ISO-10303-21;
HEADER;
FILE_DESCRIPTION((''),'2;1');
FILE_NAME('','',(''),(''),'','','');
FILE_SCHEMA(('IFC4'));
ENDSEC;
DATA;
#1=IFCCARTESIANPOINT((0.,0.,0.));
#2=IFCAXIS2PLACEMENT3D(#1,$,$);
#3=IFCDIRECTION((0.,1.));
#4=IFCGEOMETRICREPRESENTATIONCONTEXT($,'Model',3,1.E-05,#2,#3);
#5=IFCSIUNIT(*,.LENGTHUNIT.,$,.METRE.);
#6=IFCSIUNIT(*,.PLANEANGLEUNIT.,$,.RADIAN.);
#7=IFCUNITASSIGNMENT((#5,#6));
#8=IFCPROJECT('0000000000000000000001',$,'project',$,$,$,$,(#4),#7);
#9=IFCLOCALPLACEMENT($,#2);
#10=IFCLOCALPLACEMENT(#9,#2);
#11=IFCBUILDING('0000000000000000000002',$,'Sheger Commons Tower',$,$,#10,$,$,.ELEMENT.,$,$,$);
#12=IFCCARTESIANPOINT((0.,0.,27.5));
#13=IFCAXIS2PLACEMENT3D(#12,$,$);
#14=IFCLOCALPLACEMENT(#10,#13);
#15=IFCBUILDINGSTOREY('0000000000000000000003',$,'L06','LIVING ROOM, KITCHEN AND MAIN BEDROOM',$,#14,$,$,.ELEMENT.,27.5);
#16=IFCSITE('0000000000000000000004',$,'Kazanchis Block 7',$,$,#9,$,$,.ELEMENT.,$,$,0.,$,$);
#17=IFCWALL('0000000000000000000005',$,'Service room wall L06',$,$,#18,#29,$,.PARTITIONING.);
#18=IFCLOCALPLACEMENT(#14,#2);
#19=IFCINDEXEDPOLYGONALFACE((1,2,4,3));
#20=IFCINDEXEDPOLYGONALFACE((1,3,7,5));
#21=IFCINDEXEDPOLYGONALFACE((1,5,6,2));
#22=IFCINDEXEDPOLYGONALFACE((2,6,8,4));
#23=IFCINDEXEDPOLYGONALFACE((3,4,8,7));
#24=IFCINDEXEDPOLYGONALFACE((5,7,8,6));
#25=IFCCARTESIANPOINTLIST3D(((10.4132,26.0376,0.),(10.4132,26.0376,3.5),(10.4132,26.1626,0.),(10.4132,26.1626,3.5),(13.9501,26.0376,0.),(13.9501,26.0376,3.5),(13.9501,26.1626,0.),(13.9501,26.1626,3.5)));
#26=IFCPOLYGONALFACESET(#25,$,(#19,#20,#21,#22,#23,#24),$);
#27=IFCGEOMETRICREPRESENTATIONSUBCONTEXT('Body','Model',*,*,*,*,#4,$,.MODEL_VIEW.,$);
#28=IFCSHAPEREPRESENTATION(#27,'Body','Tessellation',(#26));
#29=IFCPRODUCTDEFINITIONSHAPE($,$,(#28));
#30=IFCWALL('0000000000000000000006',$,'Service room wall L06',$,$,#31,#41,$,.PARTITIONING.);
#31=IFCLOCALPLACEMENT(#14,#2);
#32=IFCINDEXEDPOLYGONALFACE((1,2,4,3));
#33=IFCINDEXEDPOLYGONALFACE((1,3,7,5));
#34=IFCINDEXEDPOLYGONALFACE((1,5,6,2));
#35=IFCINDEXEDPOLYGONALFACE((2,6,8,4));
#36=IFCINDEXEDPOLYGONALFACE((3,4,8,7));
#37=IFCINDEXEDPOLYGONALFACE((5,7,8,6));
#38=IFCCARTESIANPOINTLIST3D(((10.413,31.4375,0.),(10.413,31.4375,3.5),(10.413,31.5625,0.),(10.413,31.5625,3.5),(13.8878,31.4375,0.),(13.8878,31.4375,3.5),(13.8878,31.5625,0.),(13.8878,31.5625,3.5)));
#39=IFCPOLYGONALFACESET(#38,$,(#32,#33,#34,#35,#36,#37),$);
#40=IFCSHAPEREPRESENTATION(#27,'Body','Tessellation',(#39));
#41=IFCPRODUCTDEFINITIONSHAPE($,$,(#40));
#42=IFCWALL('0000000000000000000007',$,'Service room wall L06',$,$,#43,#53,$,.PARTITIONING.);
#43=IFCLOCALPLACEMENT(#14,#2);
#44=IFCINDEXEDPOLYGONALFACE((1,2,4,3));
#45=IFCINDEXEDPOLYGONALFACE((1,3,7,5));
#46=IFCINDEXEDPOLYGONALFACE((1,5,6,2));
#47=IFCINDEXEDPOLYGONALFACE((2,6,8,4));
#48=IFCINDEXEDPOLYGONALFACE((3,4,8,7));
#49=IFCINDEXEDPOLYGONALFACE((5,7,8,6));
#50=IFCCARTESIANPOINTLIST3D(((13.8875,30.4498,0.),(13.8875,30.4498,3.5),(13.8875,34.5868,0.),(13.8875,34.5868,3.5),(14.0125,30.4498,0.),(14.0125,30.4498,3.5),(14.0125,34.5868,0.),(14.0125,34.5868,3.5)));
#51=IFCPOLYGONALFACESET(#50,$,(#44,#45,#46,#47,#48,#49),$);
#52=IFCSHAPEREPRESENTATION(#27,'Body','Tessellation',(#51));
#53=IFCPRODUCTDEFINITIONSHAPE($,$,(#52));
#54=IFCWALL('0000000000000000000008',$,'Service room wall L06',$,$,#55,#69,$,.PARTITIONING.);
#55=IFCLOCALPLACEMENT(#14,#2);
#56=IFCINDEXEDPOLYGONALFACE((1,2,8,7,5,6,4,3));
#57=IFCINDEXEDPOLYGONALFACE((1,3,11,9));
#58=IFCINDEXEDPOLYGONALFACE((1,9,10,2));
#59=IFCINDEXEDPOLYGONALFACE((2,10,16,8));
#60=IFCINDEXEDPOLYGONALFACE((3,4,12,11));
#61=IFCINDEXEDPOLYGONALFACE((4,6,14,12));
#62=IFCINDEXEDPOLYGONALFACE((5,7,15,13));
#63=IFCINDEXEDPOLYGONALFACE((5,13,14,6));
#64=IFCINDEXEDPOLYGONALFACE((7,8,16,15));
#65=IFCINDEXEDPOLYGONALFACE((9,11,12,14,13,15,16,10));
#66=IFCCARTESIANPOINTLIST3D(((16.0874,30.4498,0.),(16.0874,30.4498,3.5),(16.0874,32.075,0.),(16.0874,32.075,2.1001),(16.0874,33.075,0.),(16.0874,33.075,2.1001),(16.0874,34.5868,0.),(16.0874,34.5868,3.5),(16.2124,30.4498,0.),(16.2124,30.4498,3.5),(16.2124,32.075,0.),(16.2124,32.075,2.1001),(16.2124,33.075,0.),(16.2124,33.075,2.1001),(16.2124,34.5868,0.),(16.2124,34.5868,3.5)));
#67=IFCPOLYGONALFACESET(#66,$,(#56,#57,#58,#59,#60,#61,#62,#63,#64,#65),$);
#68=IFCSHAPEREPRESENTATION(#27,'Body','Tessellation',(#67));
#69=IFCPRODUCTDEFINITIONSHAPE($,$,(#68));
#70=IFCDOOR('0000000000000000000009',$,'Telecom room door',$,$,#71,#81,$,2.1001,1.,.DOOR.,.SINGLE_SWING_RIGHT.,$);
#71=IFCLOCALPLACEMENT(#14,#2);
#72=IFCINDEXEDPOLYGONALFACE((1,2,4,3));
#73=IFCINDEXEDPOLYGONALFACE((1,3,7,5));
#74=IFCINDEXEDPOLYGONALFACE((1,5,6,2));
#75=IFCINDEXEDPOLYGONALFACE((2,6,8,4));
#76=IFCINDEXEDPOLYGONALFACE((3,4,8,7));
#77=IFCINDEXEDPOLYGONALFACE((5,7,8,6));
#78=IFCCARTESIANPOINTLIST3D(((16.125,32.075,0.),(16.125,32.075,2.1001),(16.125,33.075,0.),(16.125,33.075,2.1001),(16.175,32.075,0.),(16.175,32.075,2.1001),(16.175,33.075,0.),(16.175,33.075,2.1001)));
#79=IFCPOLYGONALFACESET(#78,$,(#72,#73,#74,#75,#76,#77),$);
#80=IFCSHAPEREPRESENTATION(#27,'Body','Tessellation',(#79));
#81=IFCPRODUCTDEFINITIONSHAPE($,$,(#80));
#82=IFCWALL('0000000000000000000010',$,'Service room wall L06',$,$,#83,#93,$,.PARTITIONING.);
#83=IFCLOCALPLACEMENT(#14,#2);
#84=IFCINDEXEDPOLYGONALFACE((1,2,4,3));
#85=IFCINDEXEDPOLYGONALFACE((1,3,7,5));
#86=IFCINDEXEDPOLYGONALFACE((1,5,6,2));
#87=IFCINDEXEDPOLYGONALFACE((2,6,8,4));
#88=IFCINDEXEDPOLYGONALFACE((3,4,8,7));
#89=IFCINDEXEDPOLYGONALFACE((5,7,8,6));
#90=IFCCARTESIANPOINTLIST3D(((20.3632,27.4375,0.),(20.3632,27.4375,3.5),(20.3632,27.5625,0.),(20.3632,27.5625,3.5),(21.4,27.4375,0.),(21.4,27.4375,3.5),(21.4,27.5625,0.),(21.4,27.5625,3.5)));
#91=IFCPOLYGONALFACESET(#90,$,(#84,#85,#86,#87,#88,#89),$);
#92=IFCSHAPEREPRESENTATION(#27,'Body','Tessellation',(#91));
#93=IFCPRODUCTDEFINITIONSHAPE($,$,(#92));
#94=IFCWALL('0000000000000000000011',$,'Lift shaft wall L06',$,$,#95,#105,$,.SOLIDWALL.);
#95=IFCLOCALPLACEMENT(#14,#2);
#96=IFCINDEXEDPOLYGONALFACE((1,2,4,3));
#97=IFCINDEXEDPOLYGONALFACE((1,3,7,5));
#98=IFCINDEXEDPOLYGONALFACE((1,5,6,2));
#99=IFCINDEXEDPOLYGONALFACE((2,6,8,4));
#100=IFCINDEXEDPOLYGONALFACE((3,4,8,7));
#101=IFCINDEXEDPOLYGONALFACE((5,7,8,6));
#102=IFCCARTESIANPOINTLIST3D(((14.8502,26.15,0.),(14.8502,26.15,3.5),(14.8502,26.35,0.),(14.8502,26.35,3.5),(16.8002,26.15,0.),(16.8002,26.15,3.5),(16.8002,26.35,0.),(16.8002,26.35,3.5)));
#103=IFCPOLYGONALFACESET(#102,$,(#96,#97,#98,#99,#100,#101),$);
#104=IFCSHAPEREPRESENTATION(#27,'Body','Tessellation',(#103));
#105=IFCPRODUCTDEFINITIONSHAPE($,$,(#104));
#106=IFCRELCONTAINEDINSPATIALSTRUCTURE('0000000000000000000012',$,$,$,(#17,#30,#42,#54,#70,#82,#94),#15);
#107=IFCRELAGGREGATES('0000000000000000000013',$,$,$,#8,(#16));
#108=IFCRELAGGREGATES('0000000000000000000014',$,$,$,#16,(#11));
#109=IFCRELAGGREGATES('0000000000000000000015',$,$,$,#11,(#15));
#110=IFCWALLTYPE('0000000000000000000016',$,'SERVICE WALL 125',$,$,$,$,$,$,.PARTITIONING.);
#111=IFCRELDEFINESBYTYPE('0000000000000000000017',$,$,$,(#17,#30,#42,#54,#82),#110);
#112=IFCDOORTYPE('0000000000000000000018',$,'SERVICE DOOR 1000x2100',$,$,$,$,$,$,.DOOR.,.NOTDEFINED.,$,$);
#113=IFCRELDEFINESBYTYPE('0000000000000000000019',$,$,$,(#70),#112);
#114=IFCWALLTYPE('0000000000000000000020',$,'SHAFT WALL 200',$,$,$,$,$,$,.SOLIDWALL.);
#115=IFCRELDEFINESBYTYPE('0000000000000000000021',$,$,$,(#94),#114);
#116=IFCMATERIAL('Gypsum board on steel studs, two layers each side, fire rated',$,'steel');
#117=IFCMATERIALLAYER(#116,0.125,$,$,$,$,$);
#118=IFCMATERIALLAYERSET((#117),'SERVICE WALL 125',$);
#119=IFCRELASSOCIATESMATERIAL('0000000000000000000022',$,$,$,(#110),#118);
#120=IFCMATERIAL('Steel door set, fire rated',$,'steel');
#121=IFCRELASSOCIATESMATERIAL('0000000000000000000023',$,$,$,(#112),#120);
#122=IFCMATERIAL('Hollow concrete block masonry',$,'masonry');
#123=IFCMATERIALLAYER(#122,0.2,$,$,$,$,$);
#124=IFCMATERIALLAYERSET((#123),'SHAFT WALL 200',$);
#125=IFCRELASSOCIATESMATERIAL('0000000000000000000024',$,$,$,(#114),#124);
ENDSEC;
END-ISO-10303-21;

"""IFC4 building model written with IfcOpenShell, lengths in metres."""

from ifc_helpers import new_model, si_unit, direction, frame, frame_2d, origin, place, context, subcontext, project, spatial, rectangle, extrude, material, layer, layer_set, type_object, element, fill, save


model = new_model("IFC4")

# Units and contexts
model_context = context("Model", 3, precision=1e-05, world=origin(), true_north=direction((0.0, 1.0)))
body_context = subcontext(model_context, "Body", "Model", "MODEL_VIEW")
ifc_project = project(units=[si_unit("LENGTHUNIT", "METRE"), si_unit("PLANEANGLEUNIT", "RADIAN")], contexts=[model_context])

# Site, building, storey
site_placement = place(None, origin())
site = spatial("IfcSite", under=ifc_project, at=site_placement, Name="Kazanchis Block 7", CompositionType="ELEMENT", RefElevation=0.0)
building_placement = place(site_placement, origin())
building = spatial("IfcBuilding", under=site, at=building_placement, Name="Sheger Commons Tower", CompositionType="ELEMENT")
storey_placement = place(building_placement, frame((0.0, 0.0, 27.5)))
storey = spatial("IfcBuildingStorey", under=building, at=storey_placement, Name="L06", Description="LIVING ROOM, KITCHEN AND MAIN BEDROOM", CompositionType="ELEMENT", Elevation=27.5)

# Shared definitions
ifc_material_1 = material(Name="Gypsum board on steel studs, two layers each side, fire rated", Category="steel")
ifc_layer_1 = layer(ifc_material_1, 0.125)
ifc_layer_set_1 = layer_set([ifc_layer_1], Name="SERVICE WALL 125")
wall_type_1 = type_object("IfcWallType", Name="SERVICE WALL 125", PredefinedType="PARTITIONING", material=ifc_layer_set_1)
ifc_material_2 = material(Name="Steel door set, fire rated", Category="steel")
door_type_1 = type_object("IfcDoorType", Name="SERVICE DOOR 1000x2100", OperationType="NOTDEFINED", PredefinedType="DOOR", material=ifc_material_2)

# Walls
wall_1_placement = place(storey_placement, frame((10.4131, 26.1001, 0.0), z_axis=(0.0, 0.0, 1.0), x_axis=(1.0, 0.0, 0.0)))
element("IfcWall", 1, at=wall_1_placement, inside=storey, type_object=wall_type_1, Name="Service room wall L06", PredefinedType="PARTITIONING", context=body_context, shape_type="SweptSolid", body=[
    extrude(rectangle(XDim=3.5369, YDim=0.125, at=frame_2d((1.7686, 0.0))), origin(), (0.0, 0.0, 1.0), 3.5),
])
wall_2_placement = place(storey_placement, frame((10.4131, 31.5, 0.0), z_axis=(0.0, 0.0, 1.0), x_axis=(1.0, 0.0, 0.0)))
element("IfcWall", 2, at=wall_2_placement, inside=storey, type_object=wall_type_1, Name="Service room wall L06", PredefinedType="PARTITIONING", context=body_context, shape_type="SweptSolid", body=[
    extrude(rectangle(XDim=3.4749, YDim=0.125, at=frame_2d((1.7373, 0.0))), origin(), (0.0, 0.0, 1.0), 3.5),
])
wall_3_placement = place(storey_placement, frame((13.95, 30.45, 0.0), z_axis=(0.0, 0.0, 1.0), x_axis=(0.0, 1.0, 0.0)))
element("IfcWall", 3, at=wall_3_placement, inside=storey, type_object=wall_type_1, Name="Service room wall L06", PredefinedType="PARTITIONING", context=body_context, shape_type="SweptSolid", body=[
    extrude(rectangle(XDim=4.137, YDim=0.125, at=frame_2d((2.0684, 0.0))), origin(), (0.0, 0.0, 1.0), 3.5),
])

# Wall, opening, door
wall_4_placement = place(storey_placement, frame((16.1499, 30.45, 0.0), z_axis=(0.0, 0.0, 1.0), x_axis=(0.0, 1.0, 0.0)))
wall_4 = element("IfcWall", 4, at=wall_4_placement, inside=storey, type_object=wall_type_1, Name="Service room wall L06", PredefinedType="PARTITIONING", context=body_context, shape_type="SweptSolid", body=[
    extrude(rectangle(XDim=4.137, YDim=0.125, at=frame_2d((2.0684, 0.0))), origin(), (0.0, 0.0, 1.0), 3.5),
])
opening_1_placement = place(wall_4_placement, frame((1.625, 0.0, 0.0)))
opening_1 = element("IfcOpeningElement", 5, at=opening_1_placement, cuts=wall_4, PredefinedType="OPENING", context=body_context, shape_type="SweptSolid", body=[
    extrude(rectangle(XDim=1.0, YDim=2.1001, at=frame_2d((0.5, 1.05))), frame((0.0, 0.0725, 0.0), z_axis=(0.0, -1.0, 0.0), x_axis=(1.0, 0.0, 0.0)), (0.0, 0.0, 1.0), 0.145),
])
door_1_placement = place(opening_1_placement, origin())
door_1 = element("IfcDoor", 6, at=door_1_placement, inside=storey, type_object=door_type_1, Name="Telecom room door", OperationType="SINGLE_SWING_RIGHT", OverallHeight=2.1001, OverallWidth=1.0, PredefinedType="DOOR", context=body_context, shape_type="SweptSolid", body=[
    extrude(rectangle(XDim=1.0, YDim=2.1001, at=frame_2d((0.5, 1.05))), frame((0.0, 0.0249, 0.0), z_axis=(0.0, -1.0, 0.0), x_axis=(1.0, 0.0, 0.0)), (0.0, 0.0, 1.0), 0.05),
])
fill(opening_1, door_1)

# Walls
wall_5_placement = place(storey_placement, frame((20.363, 27.5, 0.0), z_axis=(0.0, 0.0, 1.0), x_axis=(1.0, 0.0, 0.0)))
element("IfcWall", 7, at=wall_5_placement, inside=storey, type_object=wall_type_1, Name="Service room wall L06", PredefinedType="PARTITIONING", context=body_context, shape_type="SweptSolid", body=[
    extrude(rectangle(XDim=1.0369, YDim=0.125, at=frame_2d((0.5186, 0.0))), origin(), (0.0, 0.0, 1.0), 3.5),
])
ifc_material_3 = material(Name="Hollow concrete block masonry", Category="masonry")
ifc_layer_2 = layer(ifc_material_3, 0.2)
ifc_layer_set_2 = layer_set([ifc_layer_2], Name="SHAFT WALL 200")
wall_type_2 = type_object("IfcWallType", Name="SHAFT WALL 200", PredefinedType="SOLIDWALL", material=ifc_layer_set_2)
wall_6_placement = place(storey_placement, frame((14.8501, 26.25, 0.0), z_axis=(0.0, 0.0, 1.0), x_axis=(1.0, 0.0, 0.0)))
element("IfcWall", 8, at=wall_6_placement, inside=storey, type_object=wall_type_2, Name="Lift shaft wall L06", PredefinedType="SOLIDWALL", context=body_context, shape_type="SweptSolid", body=[
    extrude(rectangle(XDim=1.95, YDim=0.2, at=frame_2d((0.9751, 0.0))), origin(), (0.0, 0.0, 1.0), 3.5),
])

save(model, "model.ifc")
